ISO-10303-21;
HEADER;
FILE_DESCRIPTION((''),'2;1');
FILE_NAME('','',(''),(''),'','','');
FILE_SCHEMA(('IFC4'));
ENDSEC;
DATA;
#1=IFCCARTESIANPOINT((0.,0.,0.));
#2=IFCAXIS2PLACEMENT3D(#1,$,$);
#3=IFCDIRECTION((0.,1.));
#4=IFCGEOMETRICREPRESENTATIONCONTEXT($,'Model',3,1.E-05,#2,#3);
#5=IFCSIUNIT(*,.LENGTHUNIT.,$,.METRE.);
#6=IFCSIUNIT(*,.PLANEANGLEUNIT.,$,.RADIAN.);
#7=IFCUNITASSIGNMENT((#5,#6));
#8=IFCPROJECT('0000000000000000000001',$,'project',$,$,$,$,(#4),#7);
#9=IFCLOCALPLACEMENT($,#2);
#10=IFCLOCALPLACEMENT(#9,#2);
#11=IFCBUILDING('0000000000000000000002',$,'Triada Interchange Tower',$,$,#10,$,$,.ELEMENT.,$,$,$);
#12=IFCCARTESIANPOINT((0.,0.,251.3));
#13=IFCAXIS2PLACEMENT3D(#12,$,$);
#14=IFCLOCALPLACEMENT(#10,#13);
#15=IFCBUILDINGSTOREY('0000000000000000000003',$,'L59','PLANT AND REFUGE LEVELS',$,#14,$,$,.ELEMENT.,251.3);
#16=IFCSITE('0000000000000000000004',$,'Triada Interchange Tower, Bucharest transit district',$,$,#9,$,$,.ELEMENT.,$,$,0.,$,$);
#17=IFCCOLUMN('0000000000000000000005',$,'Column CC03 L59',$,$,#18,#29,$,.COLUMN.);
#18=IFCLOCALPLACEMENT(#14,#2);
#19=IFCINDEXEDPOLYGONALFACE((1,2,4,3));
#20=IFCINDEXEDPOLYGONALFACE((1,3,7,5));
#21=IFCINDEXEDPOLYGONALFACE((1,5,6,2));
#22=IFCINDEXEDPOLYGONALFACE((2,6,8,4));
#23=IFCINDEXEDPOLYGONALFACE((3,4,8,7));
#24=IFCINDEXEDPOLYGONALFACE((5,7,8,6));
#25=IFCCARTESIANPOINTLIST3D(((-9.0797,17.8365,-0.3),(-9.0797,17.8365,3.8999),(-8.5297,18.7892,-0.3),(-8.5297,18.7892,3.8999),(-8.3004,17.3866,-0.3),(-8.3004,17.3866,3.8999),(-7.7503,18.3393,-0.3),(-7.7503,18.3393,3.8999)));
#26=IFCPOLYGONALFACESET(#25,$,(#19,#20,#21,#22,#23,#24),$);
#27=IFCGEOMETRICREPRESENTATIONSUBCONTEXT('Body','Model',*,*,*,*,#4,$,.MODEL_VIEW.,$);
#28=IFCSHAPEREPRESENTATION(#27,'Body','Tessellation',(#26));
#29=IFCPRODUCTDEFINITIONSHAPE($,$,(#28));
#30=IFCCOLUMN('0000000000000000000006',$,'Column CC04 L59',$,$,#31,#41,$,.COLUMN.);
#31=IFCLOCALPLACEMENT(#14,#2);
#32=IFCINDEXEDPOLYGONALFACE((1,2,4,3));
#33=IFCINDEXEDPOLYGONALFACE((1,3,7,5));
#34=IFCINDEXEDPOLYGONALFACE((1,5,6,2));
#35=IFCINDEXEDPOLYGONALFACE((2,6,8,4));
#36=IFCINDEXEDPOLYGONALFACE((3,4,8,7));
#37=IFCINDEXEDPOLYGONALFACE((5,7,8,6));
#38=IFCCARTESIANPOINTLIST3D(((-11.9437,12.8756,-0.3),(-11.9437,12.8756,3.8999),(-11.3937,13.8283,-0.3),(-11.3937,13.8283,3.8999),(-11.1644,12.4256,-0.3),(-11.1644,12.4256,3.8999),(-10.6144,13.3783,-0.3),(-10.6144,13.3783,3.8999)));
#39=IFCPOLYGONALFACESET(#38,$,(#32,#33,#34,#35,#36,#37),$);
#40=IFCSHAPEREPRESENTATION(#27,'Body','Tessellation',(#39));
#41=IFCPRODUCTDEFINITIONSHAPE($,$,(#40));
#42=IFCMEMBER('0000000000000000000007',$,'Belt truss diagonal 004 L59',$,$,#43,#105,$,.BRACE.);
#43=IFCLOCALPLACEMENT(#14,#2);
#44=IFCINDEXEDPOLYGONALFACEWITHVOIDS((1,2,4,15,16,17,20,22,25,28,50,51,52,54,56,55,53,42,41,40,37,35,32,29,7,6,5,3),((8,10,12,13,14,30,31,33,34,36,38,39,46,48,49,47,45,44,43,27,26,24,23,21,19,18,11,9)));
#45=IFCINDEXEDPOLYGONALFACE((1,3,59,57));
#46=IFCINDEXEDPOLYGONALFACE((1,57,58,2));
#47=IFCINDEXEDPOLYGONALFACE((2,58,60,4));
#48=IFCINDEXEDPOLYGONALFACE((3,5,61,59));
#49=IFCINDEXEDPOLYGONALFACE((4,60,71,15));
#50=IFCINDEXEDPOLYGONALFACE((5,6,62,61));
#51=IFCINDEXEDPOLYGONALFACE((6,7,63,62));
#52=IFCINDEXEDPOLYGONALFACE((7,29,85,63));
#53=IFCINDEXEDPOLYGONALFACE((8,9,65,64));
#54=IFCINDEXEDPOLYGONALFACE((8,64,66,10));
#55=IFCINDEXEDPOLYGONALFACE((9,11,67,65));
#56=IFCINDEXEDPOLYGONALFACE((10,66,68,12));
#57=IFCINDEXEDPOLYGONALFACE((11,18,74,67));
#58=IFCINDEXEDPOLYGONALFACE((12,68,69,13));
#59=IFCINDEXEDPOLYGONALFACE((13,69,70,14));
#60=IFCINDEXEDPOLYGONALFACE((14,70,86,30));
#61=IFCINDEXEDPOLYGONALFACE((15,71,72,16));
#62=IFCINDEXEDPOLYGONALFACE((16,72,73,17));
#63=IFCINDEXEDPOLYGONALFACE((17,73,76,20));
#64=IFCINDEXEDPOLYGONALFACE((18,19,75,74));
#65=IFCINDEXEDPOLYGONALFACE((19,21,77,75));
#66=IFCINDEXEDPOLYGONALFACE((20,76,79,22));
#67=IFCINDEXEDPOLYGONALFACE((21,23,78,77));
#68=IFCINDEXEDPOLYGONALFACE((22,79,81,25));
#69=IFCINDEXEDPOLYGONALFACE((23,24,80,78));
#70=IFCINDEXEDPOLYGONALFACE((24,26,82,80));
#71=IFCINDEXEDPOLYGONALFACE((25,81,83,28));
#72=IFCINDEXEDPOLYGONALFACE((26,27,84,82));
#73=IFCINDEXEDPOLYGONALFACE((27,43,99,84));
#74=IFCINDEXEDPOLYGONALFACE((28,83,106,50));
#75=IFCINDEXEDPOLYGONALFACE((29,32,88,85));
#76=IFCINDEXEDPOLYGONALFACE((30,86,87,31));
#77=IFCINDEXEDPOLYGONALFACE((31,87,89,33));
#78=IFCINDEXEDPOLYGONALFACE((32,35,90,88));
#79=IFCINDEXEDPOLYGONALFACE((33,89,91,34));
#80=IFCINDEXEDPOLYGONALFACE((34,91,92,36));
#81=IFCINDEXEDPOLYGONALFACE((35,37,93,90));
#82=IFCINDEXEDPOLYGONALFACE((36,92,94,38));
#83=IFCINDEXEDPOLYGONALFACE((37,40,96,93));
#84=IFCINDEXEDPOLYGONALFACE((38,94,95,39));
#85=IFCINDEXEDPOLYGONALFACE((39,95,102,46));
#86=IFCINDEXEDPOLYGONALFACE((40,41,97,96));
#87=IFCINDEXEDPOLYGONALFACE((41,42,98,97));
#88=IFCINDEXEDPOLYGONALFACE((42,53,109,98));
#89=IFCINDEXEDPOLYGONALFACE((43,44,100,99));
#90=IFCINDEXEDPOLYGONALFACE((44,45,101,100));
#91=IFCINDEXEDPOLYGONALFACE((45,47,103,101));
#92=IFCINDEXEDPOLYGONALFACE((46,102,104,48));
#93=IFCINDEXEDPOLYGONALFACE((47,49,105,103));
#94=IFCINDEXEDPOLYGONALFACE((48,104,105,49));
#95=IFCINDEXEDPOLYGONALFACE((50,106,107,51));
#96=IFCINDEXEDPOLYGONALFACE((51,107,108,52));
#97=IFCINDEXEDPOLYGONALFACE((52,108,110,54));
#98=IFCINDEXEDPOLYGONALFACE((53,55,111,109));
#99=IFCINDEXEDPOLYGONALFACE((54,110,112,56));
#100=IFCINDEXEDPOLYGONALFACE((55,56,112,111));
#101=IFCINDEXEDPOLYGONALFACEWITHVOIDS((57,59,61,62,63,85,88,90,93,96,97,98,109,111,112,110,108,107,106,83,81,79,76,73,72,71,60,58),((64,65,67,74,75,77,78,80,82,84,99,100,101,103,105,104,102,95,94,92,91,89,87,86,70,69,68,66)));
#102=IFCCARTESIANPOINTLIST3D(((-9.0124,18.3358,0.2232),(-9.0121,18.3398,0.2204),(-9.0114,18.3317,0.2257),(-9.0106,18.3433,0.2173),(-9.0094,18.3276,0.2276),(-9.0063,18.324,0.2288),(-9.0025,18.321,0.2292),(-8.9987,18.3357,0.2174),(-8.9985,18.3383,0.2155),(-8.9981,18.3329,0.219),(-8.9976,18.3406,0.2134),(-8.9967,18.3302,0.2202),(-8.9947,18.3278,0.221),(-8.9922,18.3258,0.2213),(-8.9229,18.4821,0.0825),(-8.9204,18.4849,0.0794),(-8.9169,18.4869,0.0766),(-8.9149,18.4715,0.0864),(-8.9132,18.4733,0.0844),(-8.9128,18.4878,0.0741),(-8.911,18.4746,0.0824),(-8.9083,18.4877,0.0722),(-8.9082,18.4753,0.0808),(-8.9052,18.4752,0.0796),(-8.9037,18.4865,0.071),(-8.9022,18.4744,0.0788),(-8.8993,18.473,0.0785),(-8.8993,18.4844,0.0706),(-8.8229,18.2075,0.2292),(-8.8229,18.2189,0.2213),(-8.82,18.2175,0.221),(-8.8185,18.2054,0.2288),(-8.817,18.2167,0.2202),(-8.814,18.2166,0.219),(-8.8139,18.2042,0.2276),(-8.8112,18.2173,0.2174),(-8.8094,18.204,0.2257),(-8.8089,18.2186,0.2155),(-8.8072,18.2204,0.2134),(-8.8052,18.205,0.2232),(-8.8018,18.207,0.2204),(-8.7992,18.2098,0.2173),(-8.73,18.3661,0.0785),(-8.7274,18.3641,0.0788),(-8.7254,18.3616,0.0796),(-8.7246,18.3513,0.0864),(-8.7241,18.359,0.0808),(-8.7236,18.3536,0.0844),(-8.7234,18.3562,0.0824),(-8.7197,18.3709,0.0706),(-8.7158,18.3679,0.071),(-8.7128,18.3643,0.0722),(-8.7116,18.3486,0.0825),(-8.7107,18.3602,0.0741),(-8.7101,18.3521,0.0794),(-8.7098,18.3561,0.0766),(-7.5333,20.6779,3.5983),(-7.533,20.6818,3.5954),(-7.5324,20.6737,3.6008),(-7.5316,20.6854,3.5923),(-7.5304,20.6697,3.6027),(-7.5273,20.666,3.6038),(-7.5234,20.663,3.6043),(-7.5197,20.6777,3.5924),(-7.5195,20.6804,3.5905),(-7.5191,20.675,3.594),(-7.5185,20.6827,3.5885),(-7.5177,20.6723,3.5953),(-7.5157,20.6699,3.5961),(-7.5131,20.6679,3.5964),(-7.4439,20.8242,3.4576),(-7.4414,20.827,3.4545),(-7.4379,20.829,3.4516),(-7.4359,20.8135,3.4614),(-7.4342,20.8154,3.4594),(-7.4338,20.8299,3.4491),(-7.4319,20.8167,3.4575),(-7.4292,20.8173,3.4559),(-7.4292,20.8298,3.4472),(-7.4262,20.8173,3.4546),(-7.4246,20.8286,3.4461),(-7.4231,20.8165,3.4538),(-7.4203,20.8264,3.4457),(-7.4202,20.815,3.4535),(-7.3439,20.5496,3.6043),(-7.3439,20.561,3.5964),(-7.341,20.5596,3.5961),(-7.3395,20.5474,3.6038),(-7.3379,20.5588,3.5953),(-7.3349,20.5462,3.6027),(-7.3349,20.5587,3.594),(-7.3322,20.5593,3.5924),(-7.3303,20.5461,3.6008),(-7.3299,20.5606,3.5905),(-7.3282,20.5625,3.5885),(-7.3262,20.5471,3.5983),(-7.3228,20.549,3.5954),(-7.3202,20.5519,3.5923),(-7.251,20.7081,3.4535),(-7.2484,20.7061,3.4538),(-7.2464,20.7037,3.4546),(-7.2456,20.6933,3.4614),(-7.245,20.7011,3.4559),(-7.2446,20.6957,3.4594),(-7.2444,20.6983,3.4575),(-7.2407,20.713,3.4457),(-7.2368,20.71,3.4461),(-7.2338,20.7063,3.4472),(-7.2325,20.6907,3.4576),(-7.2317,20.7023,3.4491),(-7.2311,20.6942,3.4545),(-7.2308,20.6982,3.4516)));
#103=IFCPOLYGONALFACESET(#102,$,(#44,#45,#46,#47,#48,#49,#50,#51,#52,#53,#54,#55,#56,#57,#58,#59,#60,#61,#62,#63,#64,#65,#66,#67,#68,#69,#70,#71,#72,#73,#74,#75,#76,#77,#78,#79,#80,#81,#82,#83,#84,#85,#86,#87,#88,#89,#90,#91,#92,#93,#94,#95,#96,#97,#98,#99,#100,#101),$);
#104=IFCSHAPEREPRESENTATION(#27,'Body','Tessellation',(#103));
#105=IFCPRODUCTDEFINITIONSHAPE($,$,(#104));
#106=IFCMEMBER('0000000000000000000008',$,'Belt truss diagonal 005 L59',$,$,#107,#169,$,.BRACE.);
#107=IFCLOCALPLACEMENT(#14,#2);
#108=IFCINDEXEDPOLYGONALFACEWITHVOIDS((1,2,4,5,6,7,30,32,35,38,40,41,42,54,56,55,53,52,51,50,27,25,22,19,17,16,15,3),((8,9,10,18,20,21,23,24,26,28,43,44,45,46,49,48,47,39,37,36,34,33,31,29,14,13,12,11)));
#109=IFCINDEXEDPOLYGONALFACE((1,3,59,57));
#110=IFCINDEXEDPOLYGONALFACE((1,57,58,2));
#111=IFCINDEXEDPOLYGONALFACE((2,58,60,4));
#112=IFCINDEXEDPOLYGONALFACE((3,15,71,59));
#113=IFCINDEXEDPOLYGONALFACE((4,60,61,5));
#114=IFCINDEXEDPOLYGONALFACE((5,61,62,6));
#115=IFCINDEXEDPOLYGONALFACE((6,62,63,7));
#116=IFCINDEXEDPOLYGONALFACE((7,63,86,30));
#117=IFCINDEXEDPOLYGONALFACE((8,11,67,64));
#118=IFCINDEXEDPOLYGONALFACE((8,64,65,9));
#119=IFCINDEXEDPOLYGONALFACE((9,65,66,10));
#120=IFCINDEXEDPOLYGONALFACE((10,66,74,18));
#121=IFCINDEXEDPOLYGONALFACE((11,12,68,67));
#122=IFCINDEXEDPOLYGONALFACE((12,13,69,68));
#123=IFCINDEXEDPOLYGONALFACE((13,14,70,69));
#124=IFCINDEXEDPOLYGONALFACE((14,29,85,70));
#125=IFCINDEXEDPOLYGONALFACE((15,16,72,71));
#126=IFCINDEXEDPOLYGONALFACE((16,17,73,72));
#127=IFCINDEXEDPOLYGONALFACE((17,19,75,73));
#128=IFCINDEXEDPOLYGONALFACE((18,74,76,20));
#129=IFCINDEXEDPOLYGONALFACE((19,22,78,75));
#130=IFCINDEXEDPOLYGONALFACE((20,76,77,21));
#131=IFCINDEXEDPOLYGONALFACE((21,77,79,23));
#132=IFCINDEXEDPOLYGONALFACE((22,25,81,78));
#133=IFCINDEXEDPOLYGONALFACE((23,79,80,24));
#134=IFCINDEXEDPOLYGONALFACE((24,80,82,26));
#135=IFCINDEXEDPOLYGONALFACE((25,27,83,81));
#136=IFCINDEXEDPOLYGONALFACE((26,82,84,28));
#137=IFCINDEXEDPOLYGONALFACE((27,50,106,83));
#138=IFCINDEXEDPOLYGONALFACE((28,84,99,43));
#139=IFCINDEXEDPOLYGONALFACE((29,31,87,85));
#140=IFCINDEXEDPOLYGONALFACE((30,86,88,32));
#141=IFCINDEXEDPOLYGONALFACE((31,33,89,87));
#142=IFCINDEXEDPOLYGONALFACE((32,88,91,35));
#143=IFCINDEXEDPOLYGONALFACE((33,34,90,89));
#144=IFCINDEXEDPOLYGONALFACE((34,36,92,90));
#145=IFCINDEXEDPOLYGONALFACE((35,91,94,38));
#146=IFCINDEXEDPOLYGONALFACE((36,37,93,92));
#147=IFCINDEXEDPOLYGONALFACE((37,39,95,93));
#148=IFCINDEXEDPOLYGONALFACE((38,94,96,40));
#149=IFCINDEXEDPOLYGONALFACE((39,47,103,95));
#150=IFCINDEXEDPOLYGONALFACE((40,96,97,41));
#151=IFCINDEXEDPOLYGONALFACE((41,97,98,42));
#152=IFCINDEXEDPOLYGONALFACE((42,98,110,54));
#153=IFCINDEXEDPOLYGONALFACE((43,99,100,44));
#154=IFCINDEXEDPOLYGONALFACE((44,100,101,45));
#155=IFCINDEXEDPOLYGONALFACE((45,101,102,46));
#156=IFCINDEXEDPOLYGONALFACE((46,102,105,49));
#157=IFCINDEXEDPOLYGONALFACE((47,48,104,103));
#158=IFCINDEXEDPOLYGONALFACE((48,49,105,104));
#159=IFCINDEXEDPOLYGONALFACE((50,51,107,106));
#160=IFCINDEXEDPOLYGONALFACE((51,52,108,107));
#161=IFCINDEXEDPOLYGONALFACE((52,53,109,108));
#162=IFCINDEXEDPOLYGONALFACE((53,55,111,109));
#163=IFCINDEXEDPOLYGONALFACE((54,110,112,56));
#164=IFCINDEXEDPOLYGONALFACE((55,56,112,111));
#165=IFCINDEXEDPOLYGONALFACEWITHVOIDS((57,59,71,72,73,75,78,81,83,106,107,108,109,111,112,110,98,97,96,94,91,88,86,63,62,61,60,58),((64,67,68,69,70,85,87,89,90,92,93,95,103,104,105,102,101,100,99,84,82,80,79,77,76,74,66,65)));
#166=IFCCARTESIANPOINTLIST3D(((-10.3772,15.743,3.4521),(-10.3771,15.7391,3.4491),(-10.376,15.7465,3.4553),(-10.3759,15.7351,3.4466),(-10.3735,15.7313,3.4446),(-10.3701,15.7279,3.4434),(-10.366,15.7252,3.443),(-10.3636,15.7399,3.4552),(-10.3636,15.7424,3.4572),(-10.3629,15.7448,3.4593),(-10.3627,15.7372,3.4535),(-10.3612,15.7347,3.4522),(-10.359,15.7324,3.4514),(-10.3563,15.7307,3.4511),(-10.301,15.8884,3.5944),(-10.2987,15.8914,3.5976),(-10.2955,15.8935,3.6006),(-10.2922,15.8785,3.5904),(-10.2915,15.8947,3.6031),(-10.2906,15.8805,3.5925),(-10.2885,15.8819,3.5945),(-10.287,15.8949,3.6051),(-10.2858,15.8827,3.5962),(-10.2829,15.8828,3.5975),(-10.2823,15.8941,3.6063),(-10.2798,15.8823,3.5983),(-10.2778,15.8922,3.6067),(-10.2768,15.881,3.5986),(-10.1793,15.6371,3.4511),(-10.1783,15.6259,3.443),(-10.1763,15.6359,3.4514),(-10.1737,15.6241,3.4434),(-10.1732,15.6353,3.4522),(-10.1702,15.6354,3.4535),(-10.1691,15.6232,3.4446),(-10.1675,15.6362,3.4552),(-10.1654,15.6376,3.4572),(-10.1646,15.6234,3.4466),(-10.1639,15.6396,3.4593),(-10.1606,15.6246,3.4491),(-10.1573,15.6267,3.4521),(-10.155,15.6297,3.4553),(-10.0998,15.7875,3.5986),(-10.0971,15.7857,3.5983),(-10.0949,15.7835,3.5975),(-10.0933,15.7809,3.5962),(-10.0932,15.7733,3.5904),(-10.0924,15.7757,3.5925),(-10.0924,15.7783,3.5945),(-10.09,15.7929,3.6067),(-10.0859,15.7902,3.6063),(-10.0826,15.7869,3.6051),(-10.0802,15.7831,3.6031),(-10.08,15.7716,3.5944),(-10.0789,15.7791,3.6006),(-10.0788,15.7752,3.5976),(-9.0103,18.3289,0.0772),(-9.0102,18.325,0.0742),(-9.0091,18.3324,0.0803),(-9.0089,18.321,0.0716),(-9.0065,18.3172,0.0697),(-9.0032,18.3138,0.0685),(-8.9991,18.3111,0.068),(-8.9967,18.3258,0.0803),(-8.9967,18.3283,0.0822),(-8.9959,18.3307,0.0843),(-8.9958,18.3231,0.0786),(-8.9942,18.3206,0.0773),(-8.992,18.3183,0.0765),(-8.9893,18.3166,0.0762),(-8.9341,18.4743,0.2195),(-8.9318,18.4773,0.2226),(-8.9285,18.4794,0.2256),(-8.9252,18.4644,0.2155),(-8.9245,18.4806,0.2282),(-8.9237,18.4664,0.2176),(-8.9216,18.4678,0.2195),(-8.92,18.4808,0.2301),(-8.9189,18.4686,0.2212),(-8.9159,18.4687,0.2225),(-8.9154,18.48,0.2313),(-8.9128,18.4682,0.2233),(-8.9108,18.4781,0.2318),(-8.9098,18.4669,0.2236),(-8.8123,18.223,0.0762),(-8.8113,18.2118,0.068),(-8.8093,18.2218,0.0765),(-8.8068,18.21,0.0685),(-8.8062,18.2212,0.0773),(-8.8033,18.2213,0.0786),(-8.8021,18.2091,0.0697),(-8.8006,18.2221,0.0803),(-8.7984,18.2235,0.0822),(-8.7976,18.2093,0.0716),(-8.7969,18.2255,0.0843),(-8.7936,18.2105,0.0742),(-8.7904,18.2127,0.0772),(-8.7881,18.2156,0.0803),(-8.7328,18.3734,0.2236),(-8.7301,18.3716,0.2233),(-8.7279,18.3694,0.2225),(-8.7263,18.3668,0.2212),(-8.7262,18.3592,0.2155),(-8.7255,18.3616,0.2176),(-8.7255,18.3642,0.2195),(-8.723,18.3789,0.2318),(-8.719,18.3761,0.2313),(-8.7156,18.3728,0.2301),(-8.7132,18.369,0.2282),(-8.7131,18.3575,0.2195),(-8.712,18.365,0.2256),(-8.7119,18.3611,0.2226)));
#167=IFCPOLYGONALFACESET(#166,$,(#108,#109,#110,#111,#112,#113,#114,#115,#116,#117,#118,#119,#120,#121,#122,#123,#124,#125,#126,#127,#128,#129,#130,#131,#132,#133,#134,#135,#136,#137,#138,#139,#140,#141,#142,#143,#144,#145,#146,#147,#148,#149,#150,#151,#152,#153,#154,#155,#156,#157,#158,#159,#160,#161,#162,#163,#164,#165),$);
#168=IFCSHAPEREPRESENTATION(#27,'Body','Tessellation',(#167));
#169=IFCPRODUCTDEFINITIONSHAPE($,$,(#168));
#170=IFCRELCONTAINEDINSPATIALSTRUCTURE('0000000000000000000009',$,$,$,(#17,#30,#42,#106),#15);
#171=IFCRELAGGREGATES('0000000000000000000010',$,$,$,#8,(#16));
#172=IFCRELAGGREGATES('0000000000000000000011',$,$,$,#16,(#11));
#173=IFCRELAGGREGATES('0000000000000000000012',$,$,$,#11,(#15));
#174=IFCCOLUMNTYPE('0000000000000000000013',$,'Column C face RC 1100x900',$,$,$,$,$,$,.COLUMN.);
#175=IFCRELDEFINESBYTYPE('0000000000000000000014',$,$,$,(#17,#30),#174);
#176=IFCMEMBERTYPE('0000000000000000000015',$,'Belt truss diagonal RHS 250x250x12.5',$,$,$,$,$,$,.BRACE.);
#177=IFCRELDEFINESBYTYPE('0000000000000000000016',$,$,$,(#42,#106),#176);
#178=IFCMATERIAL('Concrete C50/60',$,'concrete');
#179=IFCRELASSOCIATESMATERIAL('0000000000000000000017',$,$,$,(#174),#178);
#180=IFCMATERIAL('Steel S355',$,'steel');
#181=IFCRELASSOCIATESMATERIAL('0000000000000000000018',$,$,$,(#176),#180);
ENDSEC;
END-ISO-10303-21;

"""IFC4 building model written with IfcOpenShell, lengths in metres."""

from ifc_helpers import new_model, si_unit, direction, frame, origin, origin_2d, place, context, subcontext, project, spatial, rectangle, hollow_rectangle, extrude, material, material_profile, profile_set, type_object, element, save


model = new_model("IFC4")

# Units and contexts
model_context = context("Model", 3, precision=1e-05, world=origin(), true_north=direction((0.0, 1.0)))
body_context = subcontext(model_context, "Body", "Model", "MODEL_VIEW")
ifc_project = project(units=[si_unit("LENGTHUNIT", "METRE"), si_unit("PLANEANGLEUNIT", "RADIAN")], contexts=[model_context])

# Site, building, storey
site_placement = place(None, origin())
site = spatial("IfcSite", under=ifc_project, at=site_placement, Name="Triada Interchange Tower, Bucharest transit district", CompositionType="ELEMENT", RefElevation=0.0)
building_placement = place(site_placement, origin())
building = spatial("IfcBuilding", under=site, at=building_placement, Name="Triada Interchange Tower", CompositionType="ELEMENT")
storey_placement = place(building_placement, frame((0.0, 0.0, 251.3)))
storey = spatial("IfcBuildingStorey", under=building, at=storey_placement, Name="L59", Description="PLANT AND REFUGE LEVELS", CompositionType="ELEMENT", Elevation=251.3)

# Columns
ifc_material_1 = material(Name="Concrete C50/60", Category="concrete")
ifc_material_profile_1 = material_profile(ifc_material_1, rectangle(XDim=1.1001, YDim=0.8999, at=origin_2d()), Name="RC 1100x900")
ifc_profile_set_1 = profile_set([ifc_material_profile_1], Name="Concrete C50/60")
column_type = type_object("IfcColumnType", Name="Column C face RC 1100x900", PredefinedType="COLUMN", material=ifc_profile_set_1)
for number, where, z_axis, x_axis, name in (
    (1, (-8.415, 18.0879, -0.3), (0.0, 0.0, 1.0), (0.5, 0.866025, 0.0), "Column CC03 L59"),
    (2, (-11.2791, 13.127, -0.3), (0.0, 0.0, 1.0), (0.5, 0.866025, 0.0), "Column CC04 L59"),
):
    element("IfcColumn", number, at=place(storey_placement, frame(where, z_axis=z_axis, x_axis=x_axis)), inside=storey, type_object=column_type, Name=name, PredefinedType="COLUMN", context=body_context, shape_type="SweptSolid", body=[
        extrude(rectangle(XDim=1.1001, YDim=0.8999, at=origin_2d()), origin(), (0.0, 0.0, 1.0), 4.2),
    ])

# Members
ifc_material_2 = material(Name="Steel S355", Category="steel")
ifc_material_profile_2 = material_profile(ifc_material_2, hollow_rectangle(XDim=0.25, YDim=0.25, WallThickness=0.0125, InnerFilletRadius=0.0125, OuterFilletRadius=0.0188, at=origin_2d()), Name="RHS 250x250x12.5")
ifc_profile_set_2 = profile_set([ifc_material_profile_2], Name="Steel S355")
member_type = type_object("IfcMemberType", Name="Belt truss diagonal RHS 250x250x12.5", PredefinedType="BRACE", material=ifc_profile_set_2)
member_1_placement = place(storey_placement, frame((-8.8611, 18.3459, 0.1499), z_axis=(0.338744, 0.536409, 0.772993), x_axis=(-0.845518, 0.533947, 0.0)))
element("IfcMember", 3, at=member_1_placement, inside=storey, type_object=member_type, Name="Belt truss diagonal 004 L59", PredefinedType="BRACE", context=body_context, shape_type="SweptSolid", body=[
    extrude(hollow_rectangle(XDim=0.25, YDim=0.25, WallThickness=0.0125, InnerFilletRadius=0.0125, OuterFilletRadius=0.0188, at=origin_2d()), origin(), (0.0, 0.0, 1.0), 4.3662),
])
member_2_placement = place(storey_placement, frame((-8.8611, 18.345, 0.1499), z_axis=(-0.30607, -0.579012, 0.755689), x_axis=(0.884082, -0.467332, 0.0)))
element("IfcMember", 4, at=member_2_placement, inside=storey, type_object=member_type, Name="Belt truss diagonal 005 L59", PredefinedType="BRACE", context=body_context, shape_type="SweptSolid", body=[
    extrude(hollow_rectangle(XDim=0.25, YDim=0.25, WallThickness=0.0125, InnerFilletRadius=0.0125, OuterFilletRadius=0.0188, at=origin_2d()), origin(), (0.0, 0.0, 1.0), 4.4661),
])

save(model, "model.ifc")
